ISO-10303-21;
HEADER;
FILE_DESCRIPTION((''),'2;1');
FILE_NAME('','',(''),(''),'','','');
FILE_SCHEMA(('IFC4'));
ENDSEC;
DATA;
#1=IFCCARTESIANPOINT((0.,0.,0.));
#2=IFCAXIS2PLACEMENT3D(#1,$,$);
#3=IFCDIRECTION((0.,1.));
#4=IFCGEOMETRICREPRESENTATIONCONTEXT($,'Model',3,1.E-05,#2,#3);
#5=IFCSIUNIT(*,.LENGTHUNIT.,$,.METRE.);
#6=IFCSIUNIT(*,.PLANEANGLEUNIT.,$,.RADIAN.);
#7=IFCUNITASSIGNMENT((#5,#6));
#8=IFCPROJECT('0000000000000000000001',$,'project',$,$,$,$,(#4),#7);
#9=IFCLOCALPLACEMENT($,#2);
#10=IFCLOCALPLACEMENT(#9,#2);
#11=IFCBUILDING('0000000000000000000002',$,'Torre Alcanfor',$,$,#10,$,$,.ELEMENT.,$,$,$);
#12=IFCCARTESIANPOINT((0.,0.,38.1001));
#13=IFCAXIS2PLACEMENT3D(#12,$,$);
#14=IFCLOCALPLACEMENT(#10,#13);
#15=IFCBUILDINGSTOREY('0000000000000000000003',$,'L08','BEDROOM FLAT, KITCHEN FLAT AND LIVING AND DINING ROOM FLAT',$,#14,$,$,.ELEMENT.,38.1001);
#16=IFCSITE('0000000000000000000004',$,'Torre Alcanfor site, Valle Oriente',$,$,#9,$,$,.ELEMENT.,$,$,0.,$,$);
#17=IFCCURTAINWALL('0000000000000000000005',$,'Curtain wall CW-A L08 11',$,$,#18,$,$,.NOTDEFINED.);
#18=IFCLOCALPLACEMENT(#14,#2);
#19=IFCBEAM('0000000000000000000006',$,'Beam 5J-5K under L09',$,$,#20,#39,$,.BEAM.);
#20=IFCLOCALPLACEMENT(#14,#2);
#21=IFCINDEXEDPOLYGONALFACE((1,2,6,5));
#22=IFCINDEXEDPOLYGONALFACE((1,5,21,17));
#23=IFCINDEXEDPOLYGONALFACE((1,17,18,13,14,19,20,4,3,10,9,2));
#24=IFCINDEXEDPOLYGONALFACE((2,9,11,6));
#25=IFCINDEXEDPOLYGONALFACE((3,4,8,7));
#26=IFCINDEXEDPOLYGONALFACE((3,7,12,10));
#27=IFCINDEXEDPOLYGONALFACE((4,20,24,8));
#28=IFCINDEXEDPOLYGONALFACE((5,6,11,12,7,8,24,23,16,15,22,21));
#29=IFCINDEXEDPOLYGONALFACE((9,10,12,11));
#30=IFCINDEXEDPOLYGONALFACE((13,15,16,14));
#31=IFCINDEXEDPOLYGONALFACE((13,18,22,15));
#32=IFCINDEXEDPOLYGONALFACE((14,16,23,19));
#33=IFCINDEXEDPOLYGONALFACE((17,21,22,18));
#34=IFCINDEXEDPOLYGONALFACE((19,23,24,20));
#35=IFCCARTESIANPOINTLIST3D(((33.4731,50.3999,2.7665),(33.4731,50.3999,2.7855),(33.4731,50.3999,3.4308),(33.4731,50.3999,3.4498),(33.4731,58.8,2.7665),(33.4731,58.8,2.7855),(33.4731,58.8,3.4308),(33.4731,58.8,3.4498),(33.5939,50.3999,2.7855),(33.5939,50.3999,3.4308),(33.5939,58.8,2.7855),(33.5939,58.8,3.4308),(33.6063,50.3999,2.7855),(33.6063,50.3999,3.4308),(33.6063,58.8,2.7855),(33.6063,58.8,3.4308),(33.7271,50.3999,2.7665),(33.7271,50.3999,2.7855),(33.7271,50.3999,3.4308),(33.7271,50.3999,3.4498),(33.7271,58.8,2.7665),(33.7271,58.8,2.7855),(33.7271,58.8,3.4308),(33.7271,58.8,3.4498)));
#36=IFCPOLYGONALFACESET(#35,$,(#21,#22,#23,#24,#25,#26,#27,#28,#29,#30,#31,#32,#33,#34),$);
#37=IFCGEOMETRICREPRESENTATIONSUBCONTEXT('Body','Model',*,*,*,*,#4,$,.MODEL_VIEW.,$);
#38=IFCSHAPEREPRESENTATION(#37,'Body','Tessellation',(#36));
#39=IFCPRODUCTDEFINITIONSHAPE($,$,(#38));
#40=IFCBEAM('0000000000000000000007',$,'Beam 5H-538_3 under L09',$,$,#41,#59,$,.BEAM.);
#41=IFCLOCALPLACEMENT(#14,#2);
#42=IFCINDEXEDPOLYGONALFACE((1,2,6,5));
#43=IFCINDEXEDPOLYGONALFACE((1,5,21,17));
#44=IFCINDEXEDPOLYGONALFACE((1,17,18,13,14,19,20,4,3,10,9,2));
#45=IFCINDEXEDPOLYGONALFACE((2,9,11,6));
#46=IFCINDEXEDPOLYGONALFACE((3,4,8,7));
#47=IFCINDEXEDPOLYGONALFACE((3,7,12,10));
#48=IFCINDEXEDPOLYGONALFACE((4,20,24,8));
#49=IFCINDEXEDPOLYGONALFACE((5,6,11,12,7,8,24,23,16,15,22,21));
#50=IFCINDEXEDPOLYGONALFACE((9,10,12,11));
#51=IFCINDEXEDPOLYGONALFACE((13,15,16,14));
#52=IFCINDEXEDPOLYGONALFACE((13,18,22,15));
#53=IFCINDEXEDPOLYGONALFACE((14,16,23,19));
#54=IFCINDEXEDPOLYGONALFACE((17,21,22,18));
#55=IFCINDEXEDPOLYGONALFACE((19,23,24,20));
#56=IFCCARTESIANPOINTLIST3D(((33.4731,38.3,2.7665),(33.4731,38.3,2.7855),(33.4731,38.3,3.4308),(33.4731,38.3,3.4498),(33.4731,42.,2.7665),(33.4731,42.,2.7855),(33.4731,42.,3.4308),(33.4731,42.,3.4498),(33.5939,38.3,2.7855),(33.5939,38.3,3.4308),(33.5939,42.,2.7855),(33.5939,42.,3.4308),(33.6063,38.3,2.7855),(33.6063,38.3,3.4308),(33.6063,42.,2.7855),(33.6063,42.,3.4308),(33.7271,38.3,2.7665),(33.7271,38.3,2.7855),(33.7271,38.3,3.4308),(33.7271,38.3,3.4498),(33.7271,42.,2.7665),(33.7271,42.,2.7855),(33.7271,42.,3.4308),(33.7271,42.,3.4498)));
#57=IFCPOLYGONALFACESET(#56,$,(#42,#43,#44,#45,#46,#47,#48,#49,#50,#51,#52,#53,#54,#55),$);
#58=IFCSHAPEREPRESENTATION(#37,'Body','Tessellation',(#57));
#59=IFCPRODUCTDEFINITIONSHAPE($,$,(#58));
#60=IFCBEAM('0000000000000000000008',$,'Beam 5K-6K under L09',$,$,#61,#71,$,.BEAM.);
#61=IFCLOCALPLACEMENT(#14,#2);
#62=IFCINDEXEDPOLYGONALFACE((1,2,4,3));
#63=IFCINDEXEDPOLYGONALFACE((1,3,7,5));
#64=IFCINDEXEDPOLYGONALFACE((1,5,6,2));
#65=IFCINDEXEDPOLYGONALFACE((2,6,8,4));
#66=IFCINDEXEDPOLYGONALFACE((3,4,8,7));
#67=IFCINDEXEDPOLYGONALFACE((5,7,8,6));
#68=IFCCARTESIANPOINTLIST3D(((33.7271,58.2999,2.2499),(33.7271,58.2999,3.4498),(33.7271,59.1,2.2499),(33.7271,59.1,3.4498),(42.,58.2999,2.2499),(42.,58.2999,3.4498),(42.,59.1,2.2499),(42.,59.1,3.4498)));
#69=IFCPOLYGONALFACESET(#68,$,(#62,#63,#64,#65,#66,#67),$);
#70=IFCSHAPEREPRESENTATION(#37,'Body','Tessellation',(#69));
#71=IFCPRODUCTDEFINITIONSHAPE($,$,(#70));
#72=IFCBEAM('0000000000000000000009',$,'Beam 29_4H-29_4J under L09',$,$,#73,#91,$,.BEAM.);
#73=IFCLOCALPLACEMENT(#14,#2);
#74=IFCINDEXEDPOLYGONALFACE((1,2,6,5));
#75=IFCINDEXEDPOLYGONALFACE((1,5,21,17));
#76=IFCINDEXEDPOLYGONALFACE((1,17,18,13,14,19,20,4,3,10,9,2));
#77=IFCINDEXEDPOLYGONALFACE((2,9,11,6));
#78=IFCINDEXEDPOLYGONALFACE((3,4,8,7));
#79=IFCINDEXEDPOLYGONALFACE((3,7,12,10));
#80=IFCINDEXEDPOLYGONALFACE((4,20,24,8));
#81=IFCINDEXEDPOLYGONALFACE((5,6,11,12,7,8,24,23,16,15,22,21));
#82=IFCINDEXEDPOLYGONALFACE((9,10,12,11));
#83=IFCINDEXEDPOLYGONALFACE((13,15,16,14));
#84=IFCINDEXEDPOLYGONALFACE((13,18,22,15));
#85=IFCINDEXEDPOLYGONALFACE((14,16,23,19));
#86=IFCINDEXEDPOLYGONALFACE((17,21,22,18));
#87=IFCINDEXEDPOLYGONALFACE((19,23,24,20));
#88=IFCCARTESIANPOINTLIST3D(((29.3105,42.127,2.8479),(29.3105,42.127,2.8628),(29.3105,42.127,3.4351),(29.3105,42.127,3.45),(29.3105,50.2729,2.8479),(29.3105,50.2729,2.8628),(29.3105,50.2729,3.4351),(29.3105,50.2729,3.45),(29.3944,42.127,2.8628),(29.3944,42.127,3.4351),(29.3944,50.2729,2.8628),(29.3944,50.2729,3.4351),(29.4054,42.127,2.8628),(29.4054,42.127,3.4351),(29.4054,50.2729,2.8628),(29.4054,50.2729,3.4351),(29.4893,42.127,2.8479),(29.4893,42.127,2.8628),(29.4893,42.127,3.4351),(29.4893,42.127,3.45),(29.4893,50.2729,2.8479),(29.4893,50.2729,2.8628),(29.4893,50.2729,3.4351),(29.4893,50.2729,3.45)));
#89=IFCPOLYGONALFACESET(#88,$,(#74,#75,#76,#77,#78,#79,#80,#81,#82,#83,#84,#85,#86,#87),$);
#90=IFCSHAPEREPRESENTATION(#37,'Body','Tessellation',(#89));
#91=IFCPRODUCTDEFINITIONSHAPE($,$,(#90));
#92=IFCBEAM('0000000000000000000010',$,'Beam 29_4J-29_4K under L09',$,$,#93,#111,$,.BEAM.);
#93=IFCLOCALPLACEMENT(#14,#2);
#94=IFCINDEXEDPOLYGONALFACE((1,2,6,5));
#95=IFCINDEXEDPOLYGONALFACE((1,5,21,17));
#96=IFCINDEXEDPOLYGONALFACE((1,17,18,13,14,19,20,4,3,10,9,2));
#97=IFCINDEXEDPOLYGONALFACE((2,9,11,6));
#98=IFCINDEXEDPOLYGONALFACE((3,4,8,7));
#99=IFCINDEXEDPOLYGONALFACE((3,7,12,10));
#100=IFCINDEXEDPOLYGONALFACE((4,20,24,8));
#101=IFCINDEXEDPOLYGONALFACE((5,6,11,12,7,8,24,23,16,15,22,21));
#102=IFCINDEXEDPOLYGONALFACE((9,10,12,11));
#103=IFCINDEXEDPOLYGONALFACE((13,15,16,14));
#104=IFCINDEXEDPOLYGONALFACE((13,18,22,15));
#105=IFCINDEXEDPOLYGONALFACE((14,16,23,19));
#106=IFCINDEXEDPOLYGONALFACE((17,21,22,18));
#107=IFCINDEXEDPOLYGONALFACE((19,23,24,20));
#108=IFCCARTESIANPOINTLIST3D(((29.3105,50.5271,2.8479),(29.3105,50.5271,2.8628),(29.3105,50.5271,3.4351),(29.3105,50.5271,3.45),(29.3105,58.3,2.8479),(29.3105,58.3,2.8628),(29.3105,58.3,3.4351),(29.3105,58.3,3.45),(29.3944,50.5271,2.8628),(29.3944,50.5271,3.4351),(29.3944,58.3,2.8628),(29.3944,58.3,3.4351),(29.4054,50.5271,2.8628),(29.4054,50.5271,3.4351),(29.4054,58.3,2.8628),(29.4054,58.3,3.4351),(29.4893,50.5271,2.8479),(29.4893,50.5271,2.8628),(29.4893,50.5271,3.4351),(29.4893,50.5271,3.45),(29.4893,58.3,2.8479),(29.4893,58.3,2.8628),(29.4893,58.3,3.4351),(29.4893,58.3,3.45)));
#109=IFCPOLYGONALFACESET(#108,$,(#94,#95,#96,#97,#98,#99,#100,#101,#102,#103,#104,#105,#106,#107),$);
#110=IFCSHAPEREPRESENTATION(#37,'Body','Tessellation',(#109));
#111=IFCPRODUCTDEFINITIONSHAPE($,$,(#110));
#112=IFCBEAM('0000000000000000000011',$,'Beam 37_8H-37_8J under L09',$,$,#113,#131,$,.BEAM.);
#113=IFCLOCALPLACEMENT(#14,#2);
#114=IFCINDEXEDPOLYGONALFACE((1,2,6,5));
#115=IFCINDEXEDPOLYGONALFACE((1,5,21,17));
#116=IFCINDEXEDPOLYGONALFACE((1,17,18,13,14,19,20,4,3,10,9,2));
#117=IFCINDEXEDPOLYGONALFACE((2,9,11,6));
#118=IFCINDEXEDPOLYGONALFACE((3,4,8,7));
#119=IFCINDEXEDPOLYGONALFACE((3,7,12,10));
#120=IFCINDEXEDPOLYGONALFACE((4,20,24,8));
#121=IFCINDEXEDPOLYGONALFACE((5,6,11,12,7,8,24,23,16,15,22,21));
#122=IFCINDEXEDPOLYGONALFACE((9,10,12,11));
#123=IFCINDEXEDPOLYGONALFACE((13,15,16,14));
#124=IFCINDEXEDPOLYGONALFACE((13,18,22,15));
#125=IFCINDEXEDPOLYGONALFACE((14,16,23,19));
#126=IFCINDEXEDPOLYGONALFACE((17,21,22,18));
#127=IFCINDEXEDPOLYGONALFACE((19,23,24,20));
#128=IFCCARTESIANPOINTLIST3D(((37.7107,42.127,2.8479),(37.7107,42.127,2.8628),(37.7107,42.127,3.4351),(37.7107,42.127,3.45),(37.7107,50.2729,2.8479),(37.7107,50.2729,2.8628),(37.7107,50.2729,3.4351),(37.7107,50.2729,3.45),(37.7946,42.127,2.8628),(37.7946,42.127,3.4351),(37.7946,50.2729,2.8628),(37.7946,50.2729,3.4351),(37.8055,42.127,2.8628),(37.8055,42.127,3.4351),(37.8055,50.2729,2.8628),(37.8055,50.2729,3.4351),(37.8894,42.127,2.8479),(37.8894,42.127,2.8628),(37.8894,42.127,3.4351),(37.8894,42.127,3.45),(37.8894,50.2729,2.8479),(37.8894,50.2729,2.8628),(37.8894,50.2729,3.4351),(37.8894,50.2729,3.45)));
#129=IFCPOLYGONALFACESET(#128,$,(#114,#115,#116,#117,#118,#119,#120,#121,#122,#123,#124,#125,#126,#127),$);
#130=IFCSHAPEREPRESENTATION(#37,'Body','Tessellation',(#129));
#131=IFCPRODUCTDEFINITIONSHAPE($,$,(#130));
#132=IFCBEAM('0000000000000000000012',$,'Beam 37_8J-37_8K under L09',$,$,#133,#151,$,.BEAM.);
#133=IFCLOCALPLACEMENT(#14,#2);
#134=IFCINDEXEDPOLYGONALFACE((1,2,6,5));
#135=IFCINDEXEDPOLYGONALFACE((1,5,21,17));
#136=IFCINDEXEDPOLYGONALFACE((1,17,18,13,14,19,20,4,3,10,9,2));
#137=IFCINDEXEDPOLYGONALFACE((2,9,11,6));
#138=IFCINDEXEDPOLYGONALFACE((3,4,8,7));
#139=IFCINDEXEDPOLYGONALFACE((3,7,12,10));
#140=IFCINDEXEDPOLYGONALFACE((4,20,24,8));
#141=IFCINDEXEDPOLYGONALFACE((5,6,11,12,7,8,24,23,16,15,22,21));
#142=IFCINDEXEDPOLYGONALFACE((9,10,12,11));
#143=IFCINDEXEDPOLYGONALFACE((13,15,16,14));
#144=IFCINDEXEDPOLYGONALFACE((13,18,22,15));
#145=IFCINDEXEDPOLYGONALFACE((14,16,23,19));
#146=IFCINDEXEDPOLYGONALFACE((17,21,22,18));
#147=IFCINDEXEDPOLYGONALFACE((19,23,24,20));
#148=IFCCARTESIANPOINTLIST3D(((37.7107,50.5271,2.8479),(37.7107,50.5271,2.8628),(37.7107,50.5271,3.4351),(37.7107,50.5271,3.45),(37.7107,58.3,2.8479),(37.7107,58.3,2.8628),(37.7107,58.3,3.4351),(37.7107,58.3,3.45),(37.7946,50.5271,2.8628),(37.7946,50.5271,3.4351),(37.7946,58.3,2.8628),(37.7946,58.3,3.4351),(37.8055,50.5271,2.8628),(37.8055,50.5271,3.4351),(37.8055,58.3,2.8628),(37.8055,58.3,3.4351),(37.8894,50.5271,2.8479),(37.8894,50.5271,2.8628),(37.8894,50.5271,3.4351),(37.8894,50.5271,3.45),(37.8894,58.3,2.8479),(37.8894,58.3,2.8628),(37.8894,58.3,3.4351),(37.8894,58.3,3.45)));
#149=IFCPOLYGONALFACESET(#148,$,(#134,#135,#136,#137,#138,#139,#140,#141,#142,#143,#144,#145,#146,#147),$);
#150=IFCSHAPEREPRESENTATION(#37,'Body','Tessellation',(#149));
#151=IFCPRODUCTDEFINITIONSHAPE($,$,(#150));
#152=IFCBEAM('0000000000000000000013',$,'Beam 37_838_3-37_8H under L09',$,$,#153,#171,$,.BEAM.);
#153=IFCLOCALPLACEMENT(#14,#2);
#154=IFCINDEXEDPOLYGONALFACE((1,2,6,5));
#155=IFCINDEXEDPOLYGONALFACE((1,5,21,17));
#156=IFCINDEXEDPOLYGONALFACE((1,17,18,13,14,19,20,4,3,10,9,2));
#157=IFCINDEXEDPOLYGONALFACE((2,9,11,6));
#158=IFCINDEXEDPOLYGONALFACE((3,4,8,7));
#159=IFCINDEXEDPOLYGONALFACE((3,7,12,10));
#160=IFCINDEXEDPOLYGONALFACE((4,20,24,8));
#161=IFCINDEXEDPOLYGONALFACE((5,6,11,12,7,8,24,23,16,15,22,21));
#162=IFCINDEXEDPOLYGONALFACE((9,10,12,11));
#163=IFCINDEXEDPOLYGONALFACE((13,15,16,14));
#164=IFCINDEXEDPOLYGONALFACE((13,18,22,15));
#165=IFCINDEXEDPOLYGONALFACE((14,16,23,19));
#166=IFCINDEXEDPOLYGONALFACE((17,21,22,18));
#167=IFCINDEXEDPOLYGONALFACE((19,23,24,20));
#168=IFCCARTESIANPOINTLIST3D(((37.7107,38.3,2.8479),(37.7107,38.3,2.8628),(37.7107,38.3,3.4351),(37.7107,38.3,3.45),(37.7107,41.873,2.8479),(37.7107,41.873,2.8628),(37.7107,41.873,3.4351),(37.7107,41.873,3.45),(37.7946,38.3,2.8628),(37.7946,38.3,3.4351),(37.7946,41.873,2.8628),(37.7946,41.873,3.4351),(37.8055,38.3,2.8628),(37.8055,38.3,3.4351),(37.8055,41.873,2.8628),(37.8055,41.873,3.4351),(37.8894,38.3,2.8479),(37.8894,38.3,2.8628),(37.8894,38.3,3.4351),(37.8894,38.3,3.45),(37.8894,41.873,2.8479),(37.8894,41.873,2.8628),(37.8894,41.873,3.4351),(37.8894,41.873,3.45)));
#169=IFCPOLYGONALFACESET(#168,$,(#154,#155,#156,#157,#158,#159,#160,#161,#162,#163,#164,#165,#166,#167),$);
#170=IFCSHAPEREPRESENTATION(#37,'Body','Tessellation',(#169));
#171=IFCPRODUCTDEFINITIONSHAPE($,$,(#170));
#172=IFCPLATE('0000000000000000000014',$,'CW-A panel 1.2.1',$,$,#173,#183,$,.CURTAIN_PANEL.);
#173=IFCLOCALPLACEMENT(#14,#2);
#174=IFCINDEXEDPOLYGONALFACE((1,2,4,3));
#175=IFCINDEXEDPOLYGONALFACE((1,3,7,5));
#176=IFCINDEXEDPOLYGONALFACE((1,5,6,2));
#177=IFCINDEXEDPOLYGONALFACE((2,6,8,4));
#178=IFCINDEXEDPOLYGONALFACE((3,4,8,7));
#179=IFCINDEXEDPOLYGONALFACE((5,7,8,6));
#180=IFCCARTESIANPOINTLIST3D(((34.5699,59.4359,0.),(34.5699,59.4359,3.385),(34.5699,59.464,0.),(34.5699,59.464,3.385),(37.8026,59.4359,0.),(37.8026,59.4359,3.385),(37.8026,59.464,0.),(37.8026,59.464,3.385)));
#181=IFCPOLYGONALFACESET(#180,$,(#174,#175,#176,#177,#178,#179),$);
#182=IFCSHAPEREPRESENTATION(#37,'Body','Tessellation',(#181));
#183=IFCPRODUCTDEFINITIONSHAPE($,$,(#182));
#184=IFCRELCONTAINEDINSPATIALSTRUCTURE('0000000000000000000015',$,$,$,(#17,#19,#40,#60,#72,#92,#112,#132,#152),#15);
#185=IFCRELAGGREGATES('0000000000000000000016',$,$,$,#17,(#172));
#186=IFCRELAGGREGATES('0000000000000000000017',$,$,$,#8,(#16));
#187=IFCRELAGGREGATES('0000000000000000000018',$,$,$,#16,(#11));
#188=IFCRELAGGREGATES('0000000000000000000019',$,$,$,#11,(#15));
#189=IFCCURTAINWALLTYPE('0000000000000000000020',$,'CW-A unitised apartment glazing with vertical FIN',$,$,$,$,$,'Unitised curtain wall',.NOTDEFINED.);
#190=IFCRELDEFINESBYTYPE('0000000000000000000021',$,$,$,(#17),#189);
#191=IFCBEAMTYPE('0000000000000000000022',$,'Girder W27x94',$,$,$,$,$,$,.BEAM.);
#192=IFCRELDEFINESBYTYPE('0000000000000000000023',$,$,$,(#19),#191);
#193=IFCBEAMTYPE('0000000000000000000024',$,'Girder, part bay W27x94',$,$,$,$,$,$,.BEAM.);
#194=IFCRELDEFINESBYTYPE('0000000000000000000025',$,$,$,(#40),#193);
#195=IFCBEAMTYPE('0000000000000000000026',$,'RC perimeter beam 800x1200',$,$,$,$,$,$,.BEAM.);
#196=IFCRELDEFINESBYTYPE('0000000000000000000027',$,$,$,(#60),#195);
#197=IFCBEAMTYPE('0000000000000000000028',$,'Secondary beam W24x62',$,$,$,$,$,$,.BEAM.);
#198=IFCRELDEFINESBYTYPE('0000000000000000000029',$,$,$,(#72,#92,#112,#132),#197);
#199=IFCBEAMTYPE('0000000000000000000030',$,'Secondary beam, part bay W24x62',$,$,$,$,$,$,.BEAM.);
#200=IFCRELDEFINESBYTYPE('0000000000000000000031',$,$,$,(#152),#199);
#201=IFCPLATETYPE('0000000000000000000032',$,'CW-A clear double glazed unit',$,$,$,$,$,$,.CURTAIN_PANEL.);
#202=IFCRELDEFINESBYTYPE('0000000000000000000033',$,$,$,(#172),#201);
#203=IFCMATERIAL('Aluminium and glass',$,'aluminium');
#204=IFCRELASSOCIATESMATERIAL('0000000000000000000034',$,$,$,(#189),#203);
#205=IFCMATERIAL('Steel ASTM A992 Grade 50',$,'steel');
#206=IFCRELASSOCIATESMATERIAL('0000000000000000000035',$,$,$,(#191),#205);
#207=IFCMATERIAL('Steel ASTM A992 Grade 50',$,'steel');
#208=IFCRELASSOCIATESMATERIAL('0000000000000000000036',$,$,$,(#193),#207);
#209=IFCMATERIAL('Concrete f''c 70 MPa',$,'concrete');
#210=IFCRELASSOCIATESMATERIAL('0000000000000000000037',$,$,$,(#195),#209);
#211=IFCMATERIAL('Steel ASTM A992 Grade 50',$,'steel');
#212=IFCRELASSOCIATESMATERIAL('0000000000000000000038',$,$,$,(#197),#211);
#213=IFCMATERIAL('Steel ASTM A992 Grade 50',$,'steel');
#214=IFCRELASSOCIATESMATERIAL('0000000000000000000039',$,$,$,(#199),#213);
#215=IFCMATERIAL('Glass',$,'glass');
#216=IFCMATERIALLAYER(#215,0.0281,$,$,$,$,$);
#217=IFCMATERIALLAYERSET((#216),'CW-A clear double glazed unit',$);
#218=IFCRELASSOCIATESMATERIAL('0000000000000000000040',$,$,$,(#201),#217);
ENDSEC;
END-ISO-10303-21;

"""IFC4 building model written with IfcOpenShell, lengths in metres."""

from ifc_helpers import new_model, si_unit, direction, frame, origin, origin_2d, place, context, subcontext, project, spatial, rectangle, i_section, extrude, material, layer, layer_set, material_profile, profile_set, type_object, element, aggregate, save


model = new_model("IFC4")

# Units and contexts
model_context = context("Model", 3, precision=1e-05, world=origin(), true_north=direction((0.0, 1.0)))
body_context = subcontext(model_context, "Body", "Model", "MODEL_VIEW")
ifc_project = project(units=[si_unit("LENGTHUNIT", "METRE"), si_unit("PLANEANGLEUNIT", "RADIAN")], contexts=[model_context])

# Site, building, storey
site_placement = place(None, origin())
site = spatial("IfcSite", under=ifc_project, at=site_placement, Name="Torre Alcanfor site, Valle Oriente", CompositionType="ELEMENT", RefElevation=0.0)
building_placement = place(site_placement, origin())
building = spatial("IfcBuilding", under=site, at=building_placement, Name="Torre Alcanfor", CompositionType="ELEMENT")
storey_placement = place(building_placement, frame((0.0, 0.0, 38.1001)))
storey = spatial("IfcBuildingStorey", under=building, at=storey_placement, Name="L08", Description="BEDROOM FLAT, KITCHEN FLAT AND LIVING AND DINING ROOM FLAT", CompositionType="ELEMENT", Elevation=38.1001)

# Curtain wall
ifc_material_1 = material(Name="Aluminium and glass", Category="aluminium")
curtain_wall_type = type_object("IfcCurtainWallType", Name="CW-A unitised apartment glazing with vertical FIN", ElementType="Unitised curtain wall", PredefinedType="NOTDEFINED", material=ifc_material_1)
curtain_wall_placement = place(storey_placement, origin())
curtain_wall = element("IfcCurtainWall", 1, at=curtain_wall_placement, inside=storey, type_object=curtain_wall_type, Name="Curtain wall CW-A L08 11", PredefinedType="NOTDEFINED")

# Beams
ifc_material_2 = material(Name="Steel ASTM A992 Grade 50", Category="steel")
ifc_material_profile_1 = material_profile(ifc_material_2, i_section(OverallWidth=0.2539, OverallDepth=0.6833, WebThickness=0.0125, FlangeThickness=0.019, at=origin_2d()), Name="W27x94")
ifc_profile_set_1 = profile_set([ifc_material_profile_1], Name="Steel ASTM A992 Grade 50")
beam_type_1 = type_object("IfcBeamType", Name="Girder W27x94", PredefinedType="BEAM", material=ifc_profile_set_1)
beam_1_placement = place(storey_placement, frame((33.6001, 50.3999, 3.1082), z_axis=(0.0, 1.0, 0.0), x_axis=(-1.0, 0.0, 0.0)))
element("IfcBeam", 2, at=beam_1_placement, inside=storey, type_object=beam_type_1, Name="Beam 5J-5K under L09", PredefinedType="BEAM", context=body_context, shape_type="SweptSolid", body=[
    extrude(i_section(OverallWidth=0.2539, OverallDepth=0.6833, WebThickness=0.0125, FlangeThickness=0.019, at=origin_2d()), origin(), (0.0, 0.0, 1.0), 8.4001),
])
ifc_material_3 = material(Name="Steel ASTM A992 Grade 50", Category="steel")
ifc_material_profile_2 = material_profile(ifc_material_3, i_section(OverallWidth=0.2539, OverallDepth=0.6833, WebThickness=0.0125, FlangeThickness=0.019, at=origin_2d()), Name="W27x94")
ifc_profile_set_2 = profile_set([ifc_material_profile_2], Name="Steel ASTM A992 Grade 50")
beam_type_2 = type_object("IfcBeamType", Name="Girder, part bay W27x94", PredefinedType="BEAM", material=ifc_profile_set_2)
beam_2_placement = place(storey_placement, frame((33.6001, 42.0, 3.1082), z_axis=(0.0, -1.0, 0.0), x_axis=(1.0, 0.0, 0.0)))
element("IfcBeam", 3, at=beam_2_placement, inside=storey, type_object=beam_type_2, Name="Beam 5H-538_3 under L09", PredefinedType="BEAM", context=body_context, shape_type="SweptSolid", body=[
    extrude(i_section(OverallWidth=0.2539, OverallDepth=0.6833, WebThickness=0.0125, FlangeThickness=0.019, at=origin_2d()), origin(), (0.0, 0.0, 1.0), 3.7),
])
ifc_material_4 = material(Name="Concrete f'c 70 MPa", Category="concrete")
ifc_material_profile_3 = material_profile(ifc_material_4, rectangle(XDim=0.8, YDim=1.2, at=origin_2d()), Name="800x1200")
ifc_profile_set_3 = profile_set([ifc_material_profile_3], Name="Concrete f'c 70 MPa")
beam_type_3 = type_object("IfcBeamType", Name="RC perimeter beam 800x1200", PredefinedType="BEAM", material=ifc_profile_set_3)
beam_3_placement = place(storey_placement, frame((33.7271, 58.7, 2.8499), z_axis=(1.0, 0.0, 0.0), x_axis=(0.0, 1.0, 0.0)))
element("IfcBeam", 4, at=beam_3_placement, inside=storey, type_object=beam_type_3, Name="Beam 5K-6K under L09", PredefinedType="BEAM", context=body_context, shape_type="SweptSolid", body=[
    extrude(rectangle(XDim=0.8, YDim=1.2, at=origin_2d()), origin(), (0.0, 0.0, 1.0), 8.2729),
])
ifc_material_5 = material(Name="Steel ASTM A992 Grade 50", Category="steel")
ifc_material_profile_4 = material_profile(ifc_material_5, i_section(OverallWidth=0.1787, OverallDepth=0.6021, WebThickness=0.011, FlangeThickness=0.0149, at=origin_2d()), Name="W24x62")
ifc_profile_set_4 = profile_set([ifc_material_profile_4], Name="Steel ASTM A992 Grade 50")
beam_type_4 = type_object("IfcBeamType", Name="Secondary beam W24x62", PredefinedType="BEAM", material=ifc_profile_set_4)
beam_4_placement = place(storey_placement, frame((29.3999, 42.127, 3.1489), z_axis=(0.0, 1.0, 0.0), x_axis=(-1.0, 0.0, 0.0)))
element("IfcBeam", 5, at=beam_4_placement, inside=storey, type_object=beam_type_4, Name="Beam 29_4H-29_4J under L09", PredefinedType="BEAM", context=body_context, shape_type="SweptSolid", body=[
    extrude(i_section(OverallWidth=0.1787, OverallDepth=0.6021, WebThickness=0.011, FlangeThickness=0.0149, at=origin_2d()), origin(), (0.0, 0.0, 1.0), 8.146),
])
beam_5_placement = place(storey_placement, frame((29.3999, 50.5271, 3.1489), z_axis=(0.0, 1.0, 0.0), x_axis=(-1.0, 0.0, 0.0)))
element("IfcBeam", 6, at=beam_5_placement, inside=storey, type_object=beam_type_4, Name="Beam 29_4J-29_4K under L09", PredefinedType="BEAM", context=body_context, shape_type="SweptSolid", body=[
    extrude(i_section(OverallWidth=0.1787, OverallDepth=0.6021, WebThickness=0.011, FlangeThickness=0.0149, at=origin_2d()), origin(), (0.0, 0.0, 1.0), 7.7729),
])
beam_6_placement = place(storey_placement, frame((37.8, 42.127, 3.1489), z_axis=(0.0, 1.0, 0.0), x_axis=(-1.0, 0.0, 0.0)))
element("IfcBeam", 7, at=beam_6_placement, inside=storey, type_object=beam_type_4, Name="Beam 37_8H-37_8J under L09", PredefinedType="BEAM", context=body_context, shape_type="SweptSolid", body=[
    extrude(i_section(OverallWidth=0.1787, OverallDepth=0.6021, WebThickness=0.011, FlangeThickness=0.0149, at=origin_2d()), origin(), (0.0, 0.0, 1.0), 8.146),
])
beam_7_placement = place(storey_placement, frame((37.8, 50.5271, 3.1489), z_axis=(0.0, 1.0, 0.0), x_axis=(-1.0, 0.0, 0.0)))
element("IfcBeam", 8, at=beam_7_placement, inside=storey, type_object=beam_type_4, Name="Beam 37_8J-37_8K under L09", PredefinedType="BEAM", context=body_context, shape_type="SweptSolid", body=[
    extrude(i_section(OverallWidth=0.1787, OverallDepth=0.6021, WebThickness=0.011, FlangeThickness=0.0149, at=origin_2d()), origin(), (0.0, 0.0, 1.0), 7.7729),
])
ifc_material_6 = material(Name="Steel ASTM A992 Grade 50", Category="steel")
ifc_material_profile_5 = material_profile(ifc_material_6, i_section(OverallWidth=0.1787, OverallDepth=0.6021, WebThickness=0.011, FlangeThickness=0.0149, at=origin_2d()), Name="W24x62")
ifc_profile_set_5 = profile_set([ifc_material_profile_5], Name="Steel ASTM A992 Grade 50")
beam_type_5 = type_object("IfcBeamType", Name="Secondary beam, part bay W24x62", PredefinedType="BEAM", material=ifc_profile_set_5)
beam_8_placement = place(storey_placement, frame((37.8, 38.3, 3.1489), z_axis=(0.0, 1.0, 0.0), x_axis=(-1.0, 0.0, 0.0)))
element("IfcBeam", 9, at=beam_8_placement, inside=storey, type_object=beam_type_5, Name="Beam 37_838_3-37_8H under L09", PredefinedType="BEAM", context=body_context, shape_type="SweptSolid", body=[
    extrude(i_section(OverallWidth=0.1787, OverallDepth=0.6021, WebThickness=0.011, FlangeThickness=0.0149, at=origin_2d()), origin(), (0.0, 0.0, 1.0), 3.573),
])

# Plate
ifc_material_7 = material(Name="Glass", Category="glass")
ifc_layer_1 = layer(ifc_material_7, 0.0281)
ifc_layer_set_1 = layer_set([ifc_layer_1], Name="CW-A clear double glazed unit")
plate_type = type_object("IfcPlateType", Name="CW-A clear double glazed unit", PredefinedType="CURTAIN_PANEL", material=ifc_layer_set_1)
plate_1_placement = place(storey_placement, frame((36.1863, 59.45, 0.0), z_axis=(0.0, 0.0, 1.0), x_axis=(-1.0, 0.0, 0.0)))
plate_1 = element("IfcPlate", 10, at=plate_1_placement, type_object=plate_type, Name="CW-A panel 1.2.1", PredefinedType="CURTAIN_PANEL", context=body_context, shape_type="SweptSolid", body=[
    extrude(rectangle(XDim=3.2327, YDim=0.0281, at=origin_2d()), origin(), (0.0, 0.0, 1.0), 3.385),
])
aggregate(curtain_wall, [plate_1])

save(model, "model.ifc")
